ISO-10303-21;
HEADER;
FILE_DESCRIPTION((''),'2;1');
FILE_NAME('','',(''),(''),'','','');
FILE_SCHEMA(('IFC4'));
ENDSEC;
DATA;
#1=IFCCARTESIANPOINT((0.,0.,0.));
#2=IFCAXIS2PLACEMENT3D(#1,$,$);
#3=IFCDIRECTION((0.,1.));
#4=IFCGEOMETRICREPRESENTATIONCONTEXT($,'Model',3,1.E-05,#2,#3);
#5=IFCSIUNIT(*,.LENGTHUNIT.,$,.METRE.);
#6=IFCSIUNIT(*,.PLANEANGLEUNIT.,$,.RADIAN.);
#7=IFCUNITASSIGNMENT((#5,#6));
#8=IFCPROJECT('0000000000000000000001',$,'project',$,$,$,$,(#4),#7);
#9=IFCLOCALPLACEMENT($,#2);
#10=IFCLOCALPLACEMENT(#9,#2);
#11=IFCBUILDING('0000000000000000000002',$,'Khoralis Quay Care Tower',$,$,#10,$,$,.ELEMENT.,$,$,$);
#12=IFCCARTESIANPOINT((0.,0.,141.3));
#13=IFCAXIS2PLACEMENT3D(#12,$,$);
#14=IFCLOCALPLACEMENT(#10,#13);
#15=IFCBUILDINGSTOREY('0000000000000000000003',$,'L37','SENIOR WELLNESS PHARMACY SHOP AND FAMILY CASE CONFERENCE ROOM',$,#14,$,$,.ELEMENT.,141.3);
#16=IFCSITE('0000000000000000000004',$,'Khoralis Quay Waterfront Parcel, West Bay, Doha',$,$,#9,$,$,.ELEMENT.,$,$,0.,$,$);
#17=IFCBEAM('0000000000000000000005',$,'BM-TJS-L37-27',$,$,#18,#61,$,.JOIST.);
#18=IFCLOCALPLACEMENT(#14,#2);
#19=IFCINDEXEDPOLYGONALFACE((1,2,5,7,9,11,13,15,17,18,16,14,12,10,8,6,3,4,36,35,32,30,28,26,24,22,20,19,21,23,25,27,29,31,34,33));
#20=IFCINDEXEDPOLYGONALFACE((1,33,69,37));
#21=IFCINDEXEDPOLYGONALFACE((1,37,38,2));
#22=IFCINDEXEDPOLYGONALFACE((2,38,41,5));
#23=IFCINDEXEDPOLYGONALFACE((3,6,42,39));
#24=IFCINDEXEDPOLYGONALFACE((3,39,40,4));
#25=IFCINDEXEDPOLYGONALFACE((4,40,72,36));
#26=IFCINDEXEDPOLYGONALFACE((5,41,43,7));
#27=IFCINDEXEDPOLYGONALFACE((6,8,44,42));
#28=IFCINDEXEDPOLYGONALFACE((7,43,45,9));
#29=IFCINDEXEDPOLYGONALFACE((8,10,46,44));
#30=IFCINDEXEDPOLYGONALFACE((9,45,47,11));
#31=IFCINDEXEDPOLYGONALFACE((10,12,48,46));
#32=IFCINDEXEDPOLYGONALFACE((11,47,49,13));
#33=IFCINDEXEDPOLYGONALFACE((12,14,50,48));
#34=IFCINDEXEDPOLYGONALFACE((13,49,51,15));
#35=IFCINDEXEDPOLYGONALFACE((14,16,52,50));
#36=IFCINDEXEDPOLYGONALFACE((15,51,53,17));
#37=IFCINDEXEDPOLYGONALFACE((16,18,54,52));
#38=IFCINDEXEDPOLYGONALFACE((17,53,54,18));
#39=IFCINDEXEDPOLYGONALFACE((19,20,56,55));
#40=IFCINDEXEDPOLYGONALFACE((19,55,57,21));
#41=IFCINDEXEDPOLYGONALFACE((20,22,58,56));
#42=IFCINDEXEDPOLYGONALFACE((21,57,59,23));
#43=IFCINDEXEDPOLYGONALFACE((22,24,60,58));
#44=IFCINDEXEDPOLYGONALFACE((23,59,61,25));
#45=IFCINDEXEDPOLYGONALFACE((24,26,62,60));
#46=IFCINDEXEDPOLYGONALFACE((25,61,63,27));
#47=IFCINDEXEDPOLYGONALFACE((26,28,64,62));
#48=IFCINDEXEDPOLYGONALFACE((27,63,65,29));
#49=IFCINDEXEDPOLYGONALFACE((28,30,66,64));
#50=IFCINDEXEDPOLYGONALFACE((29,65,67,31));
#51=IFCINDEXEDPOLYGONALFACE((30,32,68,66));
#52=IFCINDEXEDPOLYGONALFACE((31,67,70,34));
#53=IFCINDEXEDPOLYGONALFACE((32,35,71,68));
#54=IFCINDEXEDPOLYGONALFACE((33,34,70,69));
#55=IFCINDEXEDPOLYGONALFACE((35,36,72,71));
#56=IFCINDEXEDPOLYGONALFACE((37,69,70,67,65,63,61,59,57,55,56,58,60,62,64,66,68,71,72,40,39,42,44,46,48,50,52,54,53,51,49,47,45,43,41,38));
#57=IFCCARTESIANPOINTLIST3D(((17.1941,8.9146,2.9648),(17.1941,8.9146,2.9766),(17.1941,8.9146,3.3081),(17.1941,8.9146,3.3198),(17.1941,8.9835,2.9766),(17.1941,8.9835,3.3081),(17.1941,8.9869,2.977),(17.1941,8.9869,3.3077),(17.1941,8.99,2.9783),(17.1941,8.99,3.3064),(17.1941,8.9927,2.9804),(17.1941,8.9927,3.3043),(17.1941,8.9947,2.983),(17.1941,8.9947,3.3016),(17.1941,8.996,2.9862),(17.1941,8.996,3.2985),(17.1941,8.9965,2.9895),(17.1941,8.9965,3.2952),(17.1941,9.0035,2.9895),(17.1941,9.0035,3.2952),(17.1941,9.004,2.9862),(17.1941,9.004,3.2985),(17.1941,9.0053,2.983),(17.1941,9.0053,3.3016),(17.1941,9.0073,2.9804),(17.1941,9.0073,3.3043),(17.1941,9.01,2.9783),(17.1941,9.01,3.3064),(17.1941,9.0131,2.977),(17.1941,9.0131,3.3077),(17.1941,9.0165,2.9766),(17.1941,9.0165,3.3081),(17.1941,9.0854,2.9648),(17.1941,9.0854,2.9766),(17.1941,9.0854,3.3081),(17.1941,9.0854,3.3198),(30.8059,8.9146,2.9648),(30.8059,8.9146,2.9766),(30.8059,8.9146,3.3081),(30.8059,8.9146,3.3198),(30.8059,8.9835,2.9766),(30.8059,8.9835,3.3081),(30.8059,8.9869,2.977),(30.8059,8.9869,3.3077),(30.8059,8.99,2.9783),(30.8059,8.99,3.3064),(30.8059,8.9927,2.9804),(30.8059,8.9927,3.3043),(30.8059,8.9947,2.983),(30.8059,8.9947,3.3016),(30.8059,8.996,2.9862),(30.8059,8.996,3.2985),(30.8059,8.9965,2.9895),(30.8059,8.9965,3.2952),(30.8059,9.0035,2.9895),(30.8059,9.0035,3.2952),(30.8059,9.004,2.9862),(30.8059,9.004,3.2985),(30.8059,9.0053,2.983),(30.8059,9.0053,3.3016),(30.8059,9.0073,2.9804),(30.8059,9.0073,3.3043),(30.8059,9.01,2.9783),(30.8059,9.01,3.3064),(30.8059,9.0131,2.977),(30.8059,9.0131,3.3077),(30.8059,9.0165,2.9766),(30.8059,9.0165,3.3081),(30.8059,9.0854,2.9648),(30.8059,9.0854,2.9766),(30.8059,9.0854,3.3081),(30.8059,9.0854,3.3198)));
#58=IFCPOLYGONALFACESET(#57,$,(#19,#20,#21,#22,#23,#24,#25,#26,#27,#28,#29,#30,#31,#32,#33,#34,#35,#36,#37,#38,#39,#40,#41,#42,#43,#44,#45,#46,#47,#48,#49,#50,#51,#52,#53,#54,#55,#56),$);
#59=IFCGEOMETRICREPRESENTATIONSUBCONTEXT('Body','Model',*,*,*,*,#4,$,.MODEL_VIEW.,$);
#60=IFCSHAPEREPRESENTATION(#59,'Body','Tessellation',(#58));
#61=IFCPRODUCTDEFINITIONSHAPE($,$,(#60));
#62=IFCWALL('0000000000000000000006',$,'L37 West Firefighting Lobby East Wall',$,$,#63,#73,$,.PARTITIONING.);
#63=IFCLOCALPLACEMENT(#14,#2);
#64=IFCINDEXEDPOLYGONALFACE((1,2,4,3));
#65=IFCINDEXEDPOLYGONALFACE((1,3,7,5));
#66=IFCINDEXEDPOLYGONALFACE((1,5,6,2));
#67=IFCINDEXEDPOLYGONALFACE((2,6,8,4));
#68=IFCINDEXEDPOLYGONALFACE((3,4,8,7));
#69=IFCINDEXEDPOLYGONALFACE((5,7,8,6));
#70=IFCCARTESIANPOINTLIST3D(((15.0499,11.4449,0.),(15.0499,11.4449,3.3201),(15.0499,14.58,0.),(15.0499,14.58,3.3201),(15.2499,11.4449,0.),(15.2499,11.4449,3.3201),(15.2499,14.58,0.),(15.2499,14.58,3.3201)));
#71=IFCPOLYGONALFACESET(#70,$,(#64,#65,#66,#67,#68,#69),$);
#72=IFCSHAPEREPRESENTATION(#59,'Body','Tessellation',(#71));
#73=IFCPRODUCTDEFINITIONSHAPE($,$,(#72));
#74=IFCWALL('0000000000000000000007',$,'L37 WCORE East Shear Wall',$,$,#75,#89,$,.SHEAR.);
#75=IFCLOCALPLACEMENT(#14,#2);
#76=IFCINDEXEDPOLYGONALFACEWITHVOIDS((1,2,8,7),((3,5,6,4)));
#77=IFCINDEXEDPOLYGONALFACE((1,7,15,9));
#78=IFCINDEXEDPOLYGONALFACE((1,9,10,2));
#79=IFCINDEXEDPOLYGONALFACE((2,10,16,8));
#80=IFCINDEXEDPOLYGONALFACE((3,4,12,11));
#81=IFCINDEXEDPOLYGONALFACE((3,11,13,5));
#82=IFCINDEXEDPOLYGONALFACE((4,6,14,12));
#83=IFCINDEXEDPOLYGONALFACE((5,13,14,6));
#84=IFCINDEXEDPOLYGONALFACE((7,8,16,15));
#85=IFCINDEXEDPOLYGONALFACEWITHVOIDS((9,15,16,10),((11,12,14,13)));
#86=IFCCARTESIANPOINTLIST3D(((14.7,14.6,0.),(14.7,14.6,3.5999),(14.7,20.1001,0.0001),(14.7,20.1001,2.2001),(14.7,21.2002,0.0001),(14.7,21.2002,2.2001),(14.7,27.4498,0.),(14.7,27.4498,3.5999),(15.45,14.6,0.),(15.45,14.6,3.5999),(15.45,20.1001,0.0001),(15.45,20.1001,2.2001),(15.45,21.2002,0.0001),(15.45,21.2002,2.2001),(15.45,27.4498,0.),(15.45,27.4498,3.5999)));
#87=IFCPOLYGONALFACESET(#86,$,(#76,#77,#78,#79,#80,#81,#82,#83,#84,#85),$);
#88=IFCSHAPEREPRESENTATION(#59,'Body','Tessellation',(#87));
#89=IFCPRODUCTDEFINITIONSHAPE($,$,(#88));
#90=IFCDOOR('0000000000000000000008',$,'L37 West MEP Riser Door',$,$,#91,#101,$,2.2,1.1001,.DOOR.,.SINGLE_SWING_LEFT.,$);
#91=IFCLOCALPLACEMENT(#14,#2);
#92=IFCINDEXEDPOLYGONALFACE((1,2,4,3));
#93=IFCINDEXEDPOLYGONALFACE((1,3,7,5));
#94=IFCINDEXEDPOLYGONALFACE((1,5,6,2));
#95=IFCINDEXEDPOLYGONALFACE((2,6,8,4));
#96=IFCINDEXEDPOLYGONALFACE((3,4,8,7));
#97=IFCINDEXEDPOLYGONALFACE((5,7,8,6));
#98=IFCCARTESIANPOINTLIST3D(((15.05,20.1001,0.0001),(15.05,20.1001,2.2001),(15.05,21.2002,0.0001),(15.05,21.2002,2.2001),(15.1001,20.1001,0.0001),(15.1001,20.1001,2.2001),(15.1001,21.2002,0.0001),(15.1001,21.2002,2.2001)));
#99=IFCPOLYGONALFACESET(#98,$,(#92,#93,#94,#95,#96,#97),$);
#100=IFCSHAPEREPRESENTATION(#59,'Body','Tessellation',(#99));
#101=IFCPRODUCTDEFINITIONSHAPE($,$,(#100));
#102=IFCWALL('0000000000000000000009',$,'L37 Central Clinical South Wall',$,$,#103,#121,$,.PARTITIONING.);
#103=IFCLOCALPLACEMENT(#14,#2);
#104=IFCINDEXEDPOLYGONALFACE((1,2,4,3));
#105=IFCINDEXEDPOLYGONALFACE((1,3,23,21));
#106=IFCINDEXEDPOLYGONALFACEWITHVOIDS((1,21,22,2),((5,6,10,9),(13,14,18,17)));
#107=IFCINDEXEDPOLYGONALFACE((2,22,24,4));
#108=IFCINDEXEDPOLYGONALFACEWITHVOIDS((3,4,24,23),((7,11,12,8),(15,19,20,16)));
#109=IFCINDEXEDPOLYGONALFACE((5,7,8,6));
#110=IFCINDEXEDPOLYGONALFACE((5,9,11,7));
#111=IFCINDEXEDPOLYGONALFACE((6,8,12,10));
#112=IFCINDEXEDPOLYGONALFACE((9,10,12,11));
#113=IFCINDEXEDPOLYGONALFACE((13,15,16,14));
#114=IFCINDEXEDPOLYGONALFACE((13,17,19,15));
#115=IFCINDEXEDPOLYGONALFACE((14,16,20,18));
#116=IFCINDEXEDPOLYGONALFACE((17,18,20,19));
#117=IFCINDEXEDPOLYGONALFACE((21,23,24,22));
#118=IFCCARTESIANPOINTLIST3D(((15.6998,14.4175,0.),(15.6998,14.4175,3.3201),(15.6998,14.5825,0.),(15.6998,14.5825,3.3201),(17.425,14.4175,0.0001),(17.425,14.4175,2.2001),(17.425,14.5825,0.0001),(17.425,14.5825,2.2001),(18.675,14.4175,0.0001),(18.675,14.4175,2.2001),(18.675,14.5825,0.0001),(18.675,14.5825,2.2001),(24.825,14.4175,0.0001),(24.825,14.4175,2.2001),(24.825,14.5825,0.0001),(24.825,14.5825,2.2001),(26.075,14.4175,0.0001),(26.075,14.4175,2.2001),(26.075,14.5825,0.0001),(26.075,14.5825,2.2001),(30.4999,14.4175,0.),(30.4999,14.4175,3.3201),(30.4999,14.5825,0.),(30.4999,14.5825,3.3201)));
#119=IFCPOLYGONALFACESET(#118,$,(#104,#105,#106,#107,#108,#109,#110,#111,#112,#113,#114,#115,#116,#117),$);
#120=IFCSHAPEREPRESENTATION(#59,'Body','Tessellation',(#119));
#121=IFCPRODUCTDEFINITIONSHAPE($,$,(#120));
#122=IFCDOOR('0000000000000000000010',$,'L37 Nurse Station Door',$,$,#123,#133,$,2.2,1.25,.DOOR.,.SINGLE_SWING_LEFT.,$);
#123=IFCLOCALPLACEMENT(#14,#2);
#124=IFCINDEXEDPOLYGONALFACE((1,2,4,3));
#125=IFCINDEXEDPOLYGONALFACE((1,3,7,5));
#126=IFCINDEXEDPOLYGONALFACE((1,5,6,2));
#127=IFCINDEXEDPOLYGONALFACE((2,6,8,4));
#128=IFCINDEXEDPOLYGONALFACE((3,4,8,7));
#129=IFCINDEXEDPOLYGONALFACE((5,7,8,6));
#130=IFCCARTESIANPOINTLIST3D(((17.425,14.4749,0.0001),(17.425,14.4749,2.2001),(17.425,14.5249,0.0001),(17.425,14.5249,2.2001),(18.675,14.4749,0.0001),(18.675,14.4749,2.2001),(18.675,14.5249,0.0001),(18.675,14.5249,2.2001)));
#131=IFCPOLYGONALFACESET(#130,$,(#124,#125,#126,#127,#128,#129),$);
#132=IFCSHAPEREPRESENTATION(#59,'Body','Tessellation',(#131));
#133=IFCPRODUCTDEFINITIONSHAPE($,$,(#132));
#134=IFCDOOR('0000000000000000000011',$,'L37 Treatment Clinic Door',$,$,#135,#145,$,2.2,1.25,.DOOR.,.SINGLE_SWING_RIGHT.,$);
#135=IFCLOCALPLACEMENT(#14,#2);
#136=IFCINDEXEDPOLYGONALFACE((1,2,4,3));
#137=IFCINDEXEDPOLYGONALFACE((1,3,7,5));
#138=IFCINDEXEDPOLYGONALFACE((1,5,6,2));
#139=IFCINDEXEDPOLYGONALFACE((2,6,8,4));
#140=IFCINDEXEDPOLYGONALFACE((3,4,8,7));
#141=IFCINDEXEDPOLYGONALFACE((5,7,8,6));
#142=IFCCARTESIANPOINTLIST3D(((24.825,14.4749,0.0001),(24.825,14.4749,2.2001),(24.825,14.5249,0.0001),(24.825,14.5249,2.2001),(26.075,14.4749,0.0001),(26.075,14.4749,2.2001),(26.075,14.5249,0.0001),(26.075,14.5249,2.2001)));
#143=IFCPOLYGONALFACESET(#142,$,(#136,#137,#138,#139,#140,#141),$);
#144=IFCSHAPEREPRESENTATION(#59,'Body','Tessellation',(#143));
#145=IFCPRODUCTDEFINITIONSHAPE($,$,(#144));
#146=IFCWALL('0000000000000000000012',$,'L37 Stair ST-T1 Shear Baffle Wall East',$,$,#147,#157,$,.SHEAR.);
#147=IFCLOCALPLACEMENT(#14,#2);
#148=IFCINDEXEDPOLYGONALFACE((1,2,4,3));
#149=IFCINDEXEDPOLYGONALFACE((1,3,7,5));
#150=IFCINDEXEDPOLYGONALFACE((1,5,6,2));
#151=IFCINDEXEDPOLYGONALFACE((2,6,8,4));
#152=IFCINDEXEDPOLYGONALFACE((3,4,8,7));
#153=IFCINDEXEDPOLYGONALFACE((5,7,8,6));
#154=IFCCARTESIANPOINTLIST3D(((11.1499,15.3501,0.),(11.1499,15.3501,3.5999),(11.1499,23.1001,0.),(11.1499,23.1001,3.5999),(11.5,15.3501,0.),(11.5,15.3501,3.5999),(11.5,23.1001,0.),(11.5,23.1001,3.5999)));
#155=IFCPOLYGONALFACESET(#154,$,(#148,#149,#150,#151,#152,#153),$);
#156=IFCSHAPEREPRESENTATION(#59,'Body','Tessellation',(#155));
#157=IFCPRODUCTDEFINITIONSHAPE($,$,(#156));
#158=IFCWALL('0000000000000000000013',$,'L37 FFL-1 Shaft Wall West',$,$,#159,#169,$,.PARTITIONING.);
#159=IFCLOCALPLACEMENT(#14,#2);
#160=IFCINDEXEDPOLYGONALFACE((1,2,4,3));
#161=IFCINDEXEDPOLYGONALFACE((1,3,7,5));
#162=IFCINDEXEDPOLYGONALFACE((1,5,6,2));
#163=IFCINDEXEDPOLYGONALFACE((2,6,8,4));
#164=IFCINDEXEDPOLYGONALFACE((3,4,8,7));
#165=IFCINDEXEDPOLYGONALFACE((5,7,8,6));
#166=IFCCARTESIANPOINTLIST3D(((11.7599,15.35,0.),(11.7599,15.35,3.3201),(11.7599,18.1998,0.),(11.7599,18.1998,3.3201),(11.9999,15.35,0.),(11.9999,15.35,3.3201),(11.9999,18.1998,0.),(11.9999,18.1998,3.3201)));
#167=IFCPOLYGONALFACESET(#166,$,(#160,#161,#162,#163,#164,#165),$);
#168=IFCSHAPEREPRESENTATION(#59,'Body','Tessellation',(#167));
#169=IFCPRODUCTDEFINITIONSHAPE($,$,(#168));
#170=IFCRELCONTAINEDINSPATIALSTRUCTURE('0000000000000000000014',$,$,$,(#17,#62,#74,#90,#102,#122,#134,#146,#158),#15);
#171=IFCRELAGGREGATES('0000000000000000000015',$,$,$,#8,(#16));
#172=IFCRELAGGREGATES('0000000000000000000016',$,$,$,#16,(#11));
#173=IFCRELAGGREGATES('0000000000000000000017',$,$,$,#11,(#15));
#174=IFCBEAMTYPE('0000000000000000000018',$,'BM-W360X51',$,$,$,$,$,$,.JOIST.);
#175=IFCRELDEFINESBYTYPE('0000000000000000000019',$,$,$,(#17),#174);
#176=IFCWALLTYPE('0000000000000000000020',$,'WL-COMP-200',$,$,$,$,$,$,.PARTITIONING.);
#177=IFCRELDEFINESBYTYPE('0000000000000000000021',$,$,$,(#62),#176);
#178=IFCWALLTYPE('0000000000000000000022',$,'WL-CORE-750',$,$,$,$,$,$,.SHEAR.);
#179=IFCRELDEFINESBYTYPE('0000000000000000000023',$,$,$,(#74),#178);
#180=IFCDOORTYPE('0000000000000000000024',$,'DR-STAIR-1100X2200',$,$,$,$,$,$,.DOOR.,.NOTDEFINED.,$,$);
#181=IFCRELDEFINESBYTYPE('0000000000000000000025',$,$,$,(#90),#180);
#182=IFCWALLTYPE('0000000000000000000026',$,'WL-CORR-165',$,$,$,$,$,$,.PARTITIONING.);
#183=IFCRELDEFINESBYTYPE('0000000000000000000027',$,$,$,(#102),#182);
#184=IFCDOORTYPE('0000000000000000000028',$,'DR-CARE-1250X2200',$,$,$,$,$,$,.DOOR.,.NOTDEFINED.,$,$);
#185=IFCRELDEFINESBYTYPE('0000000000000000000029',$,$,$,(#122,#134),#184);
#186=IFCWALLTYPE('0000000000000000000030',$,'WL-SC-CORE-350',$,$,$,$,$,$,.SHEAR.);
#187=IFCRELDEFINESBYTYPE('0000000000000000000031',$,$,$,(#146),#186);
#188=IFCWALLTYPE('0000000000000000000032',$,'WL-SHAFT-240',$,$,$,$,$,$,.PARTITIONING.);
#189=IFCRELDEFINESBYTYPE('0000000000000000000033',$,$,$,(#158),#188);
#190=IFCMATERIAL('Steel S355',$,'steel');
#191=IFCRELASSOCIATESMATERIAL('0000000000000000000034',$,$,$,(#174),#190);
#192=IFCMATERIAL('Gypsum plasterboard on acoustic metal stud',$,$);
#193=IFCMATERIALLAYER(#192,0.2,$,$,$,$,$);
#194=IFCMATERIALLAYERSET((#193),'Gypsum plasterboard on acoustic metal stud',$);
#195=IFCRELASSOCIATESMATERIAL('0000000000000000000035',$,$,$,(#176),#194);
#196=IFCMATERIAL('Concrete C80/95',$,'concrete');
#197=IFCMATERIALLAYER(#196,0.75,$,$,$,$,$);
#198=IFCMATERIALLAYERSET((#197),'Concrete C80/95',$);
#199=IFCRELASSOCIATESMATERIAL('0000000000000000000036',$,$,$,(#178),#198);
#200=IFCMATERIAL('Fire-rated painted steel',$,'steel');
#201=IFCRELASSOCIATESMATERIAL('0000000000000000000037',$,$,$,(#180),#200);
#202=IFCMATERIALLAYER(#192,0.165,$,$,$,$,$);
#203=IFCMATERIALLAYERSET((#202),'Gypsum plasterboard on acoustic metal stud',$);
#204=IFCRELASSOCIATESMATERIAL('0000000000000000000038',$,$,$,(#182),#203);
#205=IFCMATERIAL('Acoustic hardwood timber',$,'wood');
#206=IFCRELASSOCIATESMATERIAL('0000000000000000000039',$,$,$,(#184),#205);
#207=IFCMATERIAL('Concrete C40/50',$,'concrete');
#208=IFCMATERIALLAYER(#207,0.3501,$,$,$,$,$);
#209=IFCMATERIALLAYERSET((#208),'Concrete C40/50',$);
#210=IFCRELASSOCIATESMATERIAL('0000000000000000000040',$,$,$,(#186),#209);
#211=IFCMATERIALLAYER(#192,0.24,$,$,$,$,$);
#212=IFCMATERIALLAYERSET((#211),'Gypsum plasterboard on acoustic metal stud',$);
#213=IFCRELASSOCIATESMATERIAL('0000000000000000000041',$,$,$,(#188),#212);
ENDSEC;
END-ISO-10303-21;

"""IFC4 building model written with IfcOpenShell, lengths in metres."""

from ifc_helpers import new_model, si_unit, direction, frame, frame_2d, origin, origin_2d, place, context, subcontext, project, spatial, rectangle, i_section, extrude, source, transform, mapped, material, layer, layer_set, material_profile, profile_set, type_object, element, fill, save


model = new_model("IFC4")

# Units and contexts
model_context = context("Model", 3, precision=1e-05, world=origin(), true_north=direction((0.0, 1.0)))
body_context = subcontext(model_context, "Body", "Model", "MODEL_VIEW")
ifc_project = project(units=[si_unit("LENGTHUNIT", "METRE"), si_unit("PLANEANGLEUNIT", "RADIAN")], contexts=[model_context])

# Site, building, storey
site_placement = place(None, origin())
site = spatial("IfcSite", under=ifc_project, at=site_placement, Name="Khoralis Quay Waterfront Parcel, West Bay, Doha", CompositionType="ELEMENT", RefElevation=0.0)
building_placement = place(site_placement, origin())
building = spatial("IfcBuilding", under=site, at=building_placement, Name="Khoralis Quay Care Tower", CompositionType="ELEMENT")
storey_placement = place(building_placement, frame((0.0, 0.0, 141.3)))
storey = spatial("IfcBuildingStorey", under=building, at=storey_placement, Name="L37", Description="SENIOR WELLNESS PHARMACY SHOP AND FAMILY CASE CONFERENCE ROOM", CompositionType="ELEMENT", Elevation=141.3)

# Beam
ifc_material_1 = material(Name="Steel S355", Category="steel")
ifc_material_profile_1 = material_profile(ifc_material_1, i_section(OverallWidth=0.1709, OverallDepth=0.355, WebThickness=0.0071, FlangeThickness=0.0117, FilletRadius=0.0129, at=origin_2d()), Name="Steel S355")
ifc_profile_set_1 = profile_set([ifc_material_profile_1], Name="Steel S355")
beam_type_1 = type_object("IfcBeamType", Name="BM-W360X51", PredefinedType="JOIST", material=ifc_profile_set_1)
shared_shape_1 = source(origin(), body_context, "Body", "SweptSolid", [
    extrude(i_section(OverallWidth=0.1709, OverallDepth=0.355, WebThickness=0.0071, FlangeThickness=0.0117, FilletRadius=0.0129, at=origin_2d()), origin(), (0.0, 0.0, 1.0), 13.6118),
])
beam_1_placement = place(storey_placement, frame((17.1941, 9.0, 3.1423), z_axis=(1.0, 0.0, 0.0), x_axis=(0.0, 1.0, 0.0)))
element("IfcBeam", 1, at=beam_1_placement, inside=storey, type_object=beam_type_1, Name="BM-TJS-L37-27", PredefinedType="JOIST", context=body_context, shape_type="MappedRepresentation", body=[
    mapped(shared_shape_1, transform((0.0, 0.0, 0.0), scale=1.0)),
])

# Wall
ifc_material_2 = material(Name="Gypsum plasterboard on acoustic metal stud")
ifc_layer_1 = layer(ifc_material_2, 0.2)
ifc_layer_set_1 = layer_set([ifc_layer_1], Name="Gypsum plasterboard on acoustic metal stud")
wall_type_1 = type_object("IfcWallType", Name="WL-COMP-200", PredefinedType="PARTITIONING", material=ifc_layer_set_1)
wall_1_placement = place(storey_placement, frame((15.1499, 11.4451, 0.0), z_axis=(0.0, 0.0, 1.0), x_axis=(0.0, 1.0, 0.0)))
element("IfcWall", 2, at=wall_1_placement, inside=storey, type_object=wall_type_1, Name="L37 West Firefighting Lobby East Wall", PredefinedType="PARTITIONING", context=body_context, shape_type="SweptSolid", body=[
    extrude(rectangle(XDim=3.135, YDim=0.2, at=frame_2d((1.5674, 0.0))), origin(), (0.0, 0.0, 1.0), 3.3201),
])

# Wall, opening, door
ifc_material_3 = material(Name="Concrete C80/95", Category="concrete")
ifc_layer_2 = layer(ifc_material_3, 0.75)
ifc_layer_set_2 = layer_set([ifc_layer_2], Name="Concrete C80/95")
wall_type_2 = type_object("IfcWallType", Name="WL-CORE-750", PredefinedType="SHEAR", material=ifc_layer_set_2)
wall_2_placement = place(storey_placement, frame((15.075, 14.6001, 0.0), z_axis=(0.0, 0.0, 1.0), x_axis=(0.0, 1.0, 0.0)))
wall_2 = element("IfcWall", 3, at=wall_2_placement, inside=storey, type_object=wall_type_2, Name="L37 WCORE East Shear Wall", PredefinedType="SHEAR", context=body_context, shape_type="SweptSolid", body=[
    extrude(rectangle(XDim=12.8499, YDim=0.75, at=frame_2d((6.4248, 0.0))), origin(), (0.0, 0.0, 1.0), 3.5999),
])
opening_1_placement = place(wall_2_placement, frame((5.5, 0.0, 0.0)))
opening_1 = element("IfcOpeningElement", 4, at=opening_1_placement, cuts=wall_2, PredefinedType="OPENING", context=body_context, shape_type="SweptSolid", body=[
    extrude(rectangle(XDim=1.1001, YDim=2.2, at=frame_2d((0.55, 1.1001))), frame((0.0, 0.385, 0.0), z_axis=(0.0, -1.0, 0.0), x_axis=(1.0, 0.0, 0.0)), (0.0, 0.0, 1.0), 0.77),
])
ifc_material_4 = material(Name="Fire-rated painted steel", Category="steel")
door_type_1 = type_object("IfcDoorType", Name="DR-STAIR-1100X2200", OperationType="NOTDEFINED", PredefinedType="DOOR", material=ifc_material_4)
shared_shape_2 = source(origin(), body_context, "Body", "SweptSolid", [
    extrude(rectangle(XDim=1.1001, YDim=2.2, at=frame_2d((0.55, 1.1001))), frame((0.0, 0.0249, 0.0), z_axis=(0.0, -1.0, 0.0), x_axis=(1.0, 0.0, 0.0)), (0.0, 0.0, 1.0), 0.05),
])
door_1_placement = place(opening_1_placement, origin())
door_1 = element("IfcDoor", 5, at=door_1_placement, inside=storey, type_object=door_type_1, Name="L37 West MEP Riser Door", OperationType="SINGLE_SWING_LEFT", OverallHeight=2.2, OverallWidth=1.1001, PredefinedType="DOOR", context=body_context, shape_type="MappedRepresentation", body=[
    mapped(shared_shape_2, transform((0.0, 0.0, 0.0), scale=1.0)),
])
fill(opening_1, door_1)

# Wall, openings, doors
ifc_layer_3 = layer(ifc_material_2, 0.165)
ifc_layer_set_3 = layer_set([ifc_layer_3], Name="Gypsum plasterboard on acoustic metal stud")
wall_type_3 = type_object("IfcWallType", Name="WL-CORR-165", PredefinedType="PARTITIONING", material=ifc_layer_set_3)
wall_3_placement = place(storey_placement, frame((15.7, 14.5, 0.0), z_axis=(0.0, 0.0, 1.0), x_axis=(1.0, 0.0, 0.0)))
wall_3 = element("IfcWall", 6, at=wall_3_placement, inside=storey, type_object=wall_type_3, Name="L37 Central Clinical South Wall", PredefinedType="PARTITIONING", context=body_context, shape_type="SweptSolid", body=[
    extrude(rectangle(XDim=14.8, YDim=0.165, at=frame_2d((7.3999, 0.0))), origin(), (0.0, 0.0, 1.0), 3.3201),
])
opening_2_placement = place(wall_3_placement, frame((1.7251, 0.0, 0.0)))
opening_2 = element("IfcOpeningElement", 7, at=opening_2_placement, cuts=wall_3, PredefinedType="OPENING", context=body_context, shape_type="SweptSolid", body=[
    extrude(rectangle(XDim=1.25, YDim=2.2, at=frame_2d((0.625, 1.1001))), frame((0.0, 0.0925, 0.0), z_axis=(0.0, -1.0, 0.0), x_axis=(1.0, 0.0, 0.0)), (0.0, 0.0, 1.0), 0.1851),
])
opening_3_placement = place(wall_3_placement, frame((9.125, 0.0, 0.0)))
opening_3 = element("IfcOpeningElement", 8, at=opening_3_placement, cuts=wall_3, PredefinedType="OPENING", context=body_context, shape_type="SweptSolid", body=[
    extrude(rectangle(XDim=1.25, YDim=2.2, at=frame_2d((0.625, 1.1001))), frame((0.0, 0.0925, 0.0), z_axis=(0.0, -1.0, 0.0), x_axis=(1.0, 0.0, 0.0)), (0.0, 0.0, 1.0), 0.1851),
])
ifc_material_5 = material(Name="Acoustic hardwood timber", Category="wood")
door_type_2 = type_object("IfcDoorType", Name="DR-CARE-1250X2200", OperationType="NOTDEFINED", PredefinedType="DOOR", material=ifc_material_5)
shared_shape_3 = source(origin(), body_context, "Body", "SweptSolid", [
    extrude(rectangle(XDim=1.25, YDim=2.2, at=frame_2d((0.625, 1.1001))), frame((0.0, 0.0249, 0.0), z_axis=(0.0, -1.0, 0.0), x_axis=(1.0, 0.0, 0.0)), (0.0, 0.0, 1.0), 0.05),
])
door_2_placement = place(opening_2_placement, origin())
door_2 = element("IfcDoor", 9, at=door_2_placement, inside=storey, type_object=door_type_2, Name="L37 Nurse Station Door", OperationType="SINGLE_SWING_LEFT", OverallHeight=2.2, OverallWidth=1.25, PredefinedType="DOOR", context=body_context, shape_type="MappedRepresentation", body=[
    mapped(shared_shape_3, transform((0.0, 0.0, 0.0), scale=1.0)),
])
fill(opening_2, door_2)
door_3_placement = place(opening_3_placement, origin())
door_3 = element("IfcDoor", 10, at=door_3_placement, inside=storey, type_object=door_type_2, Name="L37 Treatment Clinic Door", OperationType="SINGLE_SWING_RIGHT", OverallHeight=2.2, OverallWidth=1.25, PredefinedType="DOOR", context=body_context, shape_type="MappedRepresentation", body=[
    mapped(shared_shape_3, transform((0.0, 0.0, 0.0), scale=1.0)),
])
fill(opening_3, door_3)

# Walls
ifc_material_6 = material(Name="Concrete C40/50", Category="concrete")
ifc_layer_4 = layer(ifc_material_6, 0.3501)
ifc_layer_set_4 = layer_set([ifc_layer_4], Name="Concrete C40/50")
wall_type_4 = type_object("IfcWallType", Name="WL-SC-CORE-350", PredefinedType="SHEAR", material=ifc_layer_set_4)
wall_4_placement = place(storey_placement, frame((11.325, 15.3501, 0.0), z_axis=(0.0, 0.0, 1.0), x_axis=(0.0, 1.0, 0.0)))
element("IfcWall", 11, at=wall_4_placement, inside=storey, type_object=wall_type_4, Name="L37 Stair ST-T1 Shear Baffle Wall East", PredefinedType="SHEAR", context=body_context, shape_type="SweptSolid", body=[
    extrude(rectangle(XDim=7.75, YDim=0.3501, at=frame_2d((3.875, 0.0))), origin(), (0.0, 0.0, 1.0), 3.5999),
])
ifc_layer_5 = layer(ifc_material_2, 0.24)
ifc_layer_set_5 = layer_set([ifc_layer_5], Name="Gypsum plasterboard on acoustic metal stud")
wall_type_5 = type_object("IfcWallType", Name="WL-SHAFT-240", PredefinedType="PARTITIONING", material=ifc_layer_set_5)
wall_5_placement = place(storey_placement, frame((11.8799, 15.3501, 0.0), z_axis=(0.0, 0.0, 1.0), x_axis=(0.0, 1.0, 0.0)))
element("IfcWall", 12, at=wall_5_placement, inside=storey, type_object=wall_type_5, Name="L37 FFL-1 Shaft Wall West", PredefinedType="PARTITIONING", context=body_context, shape_type="SweptSolid", body=[
    extrude(rectangle(XDim=2.8499, YDim=0.24, at=frame_2d((1.4248, 0.0))), origin(), (0.0, 0.0, 1.0), 3.3201),
])

save(model, "model.ifc")
